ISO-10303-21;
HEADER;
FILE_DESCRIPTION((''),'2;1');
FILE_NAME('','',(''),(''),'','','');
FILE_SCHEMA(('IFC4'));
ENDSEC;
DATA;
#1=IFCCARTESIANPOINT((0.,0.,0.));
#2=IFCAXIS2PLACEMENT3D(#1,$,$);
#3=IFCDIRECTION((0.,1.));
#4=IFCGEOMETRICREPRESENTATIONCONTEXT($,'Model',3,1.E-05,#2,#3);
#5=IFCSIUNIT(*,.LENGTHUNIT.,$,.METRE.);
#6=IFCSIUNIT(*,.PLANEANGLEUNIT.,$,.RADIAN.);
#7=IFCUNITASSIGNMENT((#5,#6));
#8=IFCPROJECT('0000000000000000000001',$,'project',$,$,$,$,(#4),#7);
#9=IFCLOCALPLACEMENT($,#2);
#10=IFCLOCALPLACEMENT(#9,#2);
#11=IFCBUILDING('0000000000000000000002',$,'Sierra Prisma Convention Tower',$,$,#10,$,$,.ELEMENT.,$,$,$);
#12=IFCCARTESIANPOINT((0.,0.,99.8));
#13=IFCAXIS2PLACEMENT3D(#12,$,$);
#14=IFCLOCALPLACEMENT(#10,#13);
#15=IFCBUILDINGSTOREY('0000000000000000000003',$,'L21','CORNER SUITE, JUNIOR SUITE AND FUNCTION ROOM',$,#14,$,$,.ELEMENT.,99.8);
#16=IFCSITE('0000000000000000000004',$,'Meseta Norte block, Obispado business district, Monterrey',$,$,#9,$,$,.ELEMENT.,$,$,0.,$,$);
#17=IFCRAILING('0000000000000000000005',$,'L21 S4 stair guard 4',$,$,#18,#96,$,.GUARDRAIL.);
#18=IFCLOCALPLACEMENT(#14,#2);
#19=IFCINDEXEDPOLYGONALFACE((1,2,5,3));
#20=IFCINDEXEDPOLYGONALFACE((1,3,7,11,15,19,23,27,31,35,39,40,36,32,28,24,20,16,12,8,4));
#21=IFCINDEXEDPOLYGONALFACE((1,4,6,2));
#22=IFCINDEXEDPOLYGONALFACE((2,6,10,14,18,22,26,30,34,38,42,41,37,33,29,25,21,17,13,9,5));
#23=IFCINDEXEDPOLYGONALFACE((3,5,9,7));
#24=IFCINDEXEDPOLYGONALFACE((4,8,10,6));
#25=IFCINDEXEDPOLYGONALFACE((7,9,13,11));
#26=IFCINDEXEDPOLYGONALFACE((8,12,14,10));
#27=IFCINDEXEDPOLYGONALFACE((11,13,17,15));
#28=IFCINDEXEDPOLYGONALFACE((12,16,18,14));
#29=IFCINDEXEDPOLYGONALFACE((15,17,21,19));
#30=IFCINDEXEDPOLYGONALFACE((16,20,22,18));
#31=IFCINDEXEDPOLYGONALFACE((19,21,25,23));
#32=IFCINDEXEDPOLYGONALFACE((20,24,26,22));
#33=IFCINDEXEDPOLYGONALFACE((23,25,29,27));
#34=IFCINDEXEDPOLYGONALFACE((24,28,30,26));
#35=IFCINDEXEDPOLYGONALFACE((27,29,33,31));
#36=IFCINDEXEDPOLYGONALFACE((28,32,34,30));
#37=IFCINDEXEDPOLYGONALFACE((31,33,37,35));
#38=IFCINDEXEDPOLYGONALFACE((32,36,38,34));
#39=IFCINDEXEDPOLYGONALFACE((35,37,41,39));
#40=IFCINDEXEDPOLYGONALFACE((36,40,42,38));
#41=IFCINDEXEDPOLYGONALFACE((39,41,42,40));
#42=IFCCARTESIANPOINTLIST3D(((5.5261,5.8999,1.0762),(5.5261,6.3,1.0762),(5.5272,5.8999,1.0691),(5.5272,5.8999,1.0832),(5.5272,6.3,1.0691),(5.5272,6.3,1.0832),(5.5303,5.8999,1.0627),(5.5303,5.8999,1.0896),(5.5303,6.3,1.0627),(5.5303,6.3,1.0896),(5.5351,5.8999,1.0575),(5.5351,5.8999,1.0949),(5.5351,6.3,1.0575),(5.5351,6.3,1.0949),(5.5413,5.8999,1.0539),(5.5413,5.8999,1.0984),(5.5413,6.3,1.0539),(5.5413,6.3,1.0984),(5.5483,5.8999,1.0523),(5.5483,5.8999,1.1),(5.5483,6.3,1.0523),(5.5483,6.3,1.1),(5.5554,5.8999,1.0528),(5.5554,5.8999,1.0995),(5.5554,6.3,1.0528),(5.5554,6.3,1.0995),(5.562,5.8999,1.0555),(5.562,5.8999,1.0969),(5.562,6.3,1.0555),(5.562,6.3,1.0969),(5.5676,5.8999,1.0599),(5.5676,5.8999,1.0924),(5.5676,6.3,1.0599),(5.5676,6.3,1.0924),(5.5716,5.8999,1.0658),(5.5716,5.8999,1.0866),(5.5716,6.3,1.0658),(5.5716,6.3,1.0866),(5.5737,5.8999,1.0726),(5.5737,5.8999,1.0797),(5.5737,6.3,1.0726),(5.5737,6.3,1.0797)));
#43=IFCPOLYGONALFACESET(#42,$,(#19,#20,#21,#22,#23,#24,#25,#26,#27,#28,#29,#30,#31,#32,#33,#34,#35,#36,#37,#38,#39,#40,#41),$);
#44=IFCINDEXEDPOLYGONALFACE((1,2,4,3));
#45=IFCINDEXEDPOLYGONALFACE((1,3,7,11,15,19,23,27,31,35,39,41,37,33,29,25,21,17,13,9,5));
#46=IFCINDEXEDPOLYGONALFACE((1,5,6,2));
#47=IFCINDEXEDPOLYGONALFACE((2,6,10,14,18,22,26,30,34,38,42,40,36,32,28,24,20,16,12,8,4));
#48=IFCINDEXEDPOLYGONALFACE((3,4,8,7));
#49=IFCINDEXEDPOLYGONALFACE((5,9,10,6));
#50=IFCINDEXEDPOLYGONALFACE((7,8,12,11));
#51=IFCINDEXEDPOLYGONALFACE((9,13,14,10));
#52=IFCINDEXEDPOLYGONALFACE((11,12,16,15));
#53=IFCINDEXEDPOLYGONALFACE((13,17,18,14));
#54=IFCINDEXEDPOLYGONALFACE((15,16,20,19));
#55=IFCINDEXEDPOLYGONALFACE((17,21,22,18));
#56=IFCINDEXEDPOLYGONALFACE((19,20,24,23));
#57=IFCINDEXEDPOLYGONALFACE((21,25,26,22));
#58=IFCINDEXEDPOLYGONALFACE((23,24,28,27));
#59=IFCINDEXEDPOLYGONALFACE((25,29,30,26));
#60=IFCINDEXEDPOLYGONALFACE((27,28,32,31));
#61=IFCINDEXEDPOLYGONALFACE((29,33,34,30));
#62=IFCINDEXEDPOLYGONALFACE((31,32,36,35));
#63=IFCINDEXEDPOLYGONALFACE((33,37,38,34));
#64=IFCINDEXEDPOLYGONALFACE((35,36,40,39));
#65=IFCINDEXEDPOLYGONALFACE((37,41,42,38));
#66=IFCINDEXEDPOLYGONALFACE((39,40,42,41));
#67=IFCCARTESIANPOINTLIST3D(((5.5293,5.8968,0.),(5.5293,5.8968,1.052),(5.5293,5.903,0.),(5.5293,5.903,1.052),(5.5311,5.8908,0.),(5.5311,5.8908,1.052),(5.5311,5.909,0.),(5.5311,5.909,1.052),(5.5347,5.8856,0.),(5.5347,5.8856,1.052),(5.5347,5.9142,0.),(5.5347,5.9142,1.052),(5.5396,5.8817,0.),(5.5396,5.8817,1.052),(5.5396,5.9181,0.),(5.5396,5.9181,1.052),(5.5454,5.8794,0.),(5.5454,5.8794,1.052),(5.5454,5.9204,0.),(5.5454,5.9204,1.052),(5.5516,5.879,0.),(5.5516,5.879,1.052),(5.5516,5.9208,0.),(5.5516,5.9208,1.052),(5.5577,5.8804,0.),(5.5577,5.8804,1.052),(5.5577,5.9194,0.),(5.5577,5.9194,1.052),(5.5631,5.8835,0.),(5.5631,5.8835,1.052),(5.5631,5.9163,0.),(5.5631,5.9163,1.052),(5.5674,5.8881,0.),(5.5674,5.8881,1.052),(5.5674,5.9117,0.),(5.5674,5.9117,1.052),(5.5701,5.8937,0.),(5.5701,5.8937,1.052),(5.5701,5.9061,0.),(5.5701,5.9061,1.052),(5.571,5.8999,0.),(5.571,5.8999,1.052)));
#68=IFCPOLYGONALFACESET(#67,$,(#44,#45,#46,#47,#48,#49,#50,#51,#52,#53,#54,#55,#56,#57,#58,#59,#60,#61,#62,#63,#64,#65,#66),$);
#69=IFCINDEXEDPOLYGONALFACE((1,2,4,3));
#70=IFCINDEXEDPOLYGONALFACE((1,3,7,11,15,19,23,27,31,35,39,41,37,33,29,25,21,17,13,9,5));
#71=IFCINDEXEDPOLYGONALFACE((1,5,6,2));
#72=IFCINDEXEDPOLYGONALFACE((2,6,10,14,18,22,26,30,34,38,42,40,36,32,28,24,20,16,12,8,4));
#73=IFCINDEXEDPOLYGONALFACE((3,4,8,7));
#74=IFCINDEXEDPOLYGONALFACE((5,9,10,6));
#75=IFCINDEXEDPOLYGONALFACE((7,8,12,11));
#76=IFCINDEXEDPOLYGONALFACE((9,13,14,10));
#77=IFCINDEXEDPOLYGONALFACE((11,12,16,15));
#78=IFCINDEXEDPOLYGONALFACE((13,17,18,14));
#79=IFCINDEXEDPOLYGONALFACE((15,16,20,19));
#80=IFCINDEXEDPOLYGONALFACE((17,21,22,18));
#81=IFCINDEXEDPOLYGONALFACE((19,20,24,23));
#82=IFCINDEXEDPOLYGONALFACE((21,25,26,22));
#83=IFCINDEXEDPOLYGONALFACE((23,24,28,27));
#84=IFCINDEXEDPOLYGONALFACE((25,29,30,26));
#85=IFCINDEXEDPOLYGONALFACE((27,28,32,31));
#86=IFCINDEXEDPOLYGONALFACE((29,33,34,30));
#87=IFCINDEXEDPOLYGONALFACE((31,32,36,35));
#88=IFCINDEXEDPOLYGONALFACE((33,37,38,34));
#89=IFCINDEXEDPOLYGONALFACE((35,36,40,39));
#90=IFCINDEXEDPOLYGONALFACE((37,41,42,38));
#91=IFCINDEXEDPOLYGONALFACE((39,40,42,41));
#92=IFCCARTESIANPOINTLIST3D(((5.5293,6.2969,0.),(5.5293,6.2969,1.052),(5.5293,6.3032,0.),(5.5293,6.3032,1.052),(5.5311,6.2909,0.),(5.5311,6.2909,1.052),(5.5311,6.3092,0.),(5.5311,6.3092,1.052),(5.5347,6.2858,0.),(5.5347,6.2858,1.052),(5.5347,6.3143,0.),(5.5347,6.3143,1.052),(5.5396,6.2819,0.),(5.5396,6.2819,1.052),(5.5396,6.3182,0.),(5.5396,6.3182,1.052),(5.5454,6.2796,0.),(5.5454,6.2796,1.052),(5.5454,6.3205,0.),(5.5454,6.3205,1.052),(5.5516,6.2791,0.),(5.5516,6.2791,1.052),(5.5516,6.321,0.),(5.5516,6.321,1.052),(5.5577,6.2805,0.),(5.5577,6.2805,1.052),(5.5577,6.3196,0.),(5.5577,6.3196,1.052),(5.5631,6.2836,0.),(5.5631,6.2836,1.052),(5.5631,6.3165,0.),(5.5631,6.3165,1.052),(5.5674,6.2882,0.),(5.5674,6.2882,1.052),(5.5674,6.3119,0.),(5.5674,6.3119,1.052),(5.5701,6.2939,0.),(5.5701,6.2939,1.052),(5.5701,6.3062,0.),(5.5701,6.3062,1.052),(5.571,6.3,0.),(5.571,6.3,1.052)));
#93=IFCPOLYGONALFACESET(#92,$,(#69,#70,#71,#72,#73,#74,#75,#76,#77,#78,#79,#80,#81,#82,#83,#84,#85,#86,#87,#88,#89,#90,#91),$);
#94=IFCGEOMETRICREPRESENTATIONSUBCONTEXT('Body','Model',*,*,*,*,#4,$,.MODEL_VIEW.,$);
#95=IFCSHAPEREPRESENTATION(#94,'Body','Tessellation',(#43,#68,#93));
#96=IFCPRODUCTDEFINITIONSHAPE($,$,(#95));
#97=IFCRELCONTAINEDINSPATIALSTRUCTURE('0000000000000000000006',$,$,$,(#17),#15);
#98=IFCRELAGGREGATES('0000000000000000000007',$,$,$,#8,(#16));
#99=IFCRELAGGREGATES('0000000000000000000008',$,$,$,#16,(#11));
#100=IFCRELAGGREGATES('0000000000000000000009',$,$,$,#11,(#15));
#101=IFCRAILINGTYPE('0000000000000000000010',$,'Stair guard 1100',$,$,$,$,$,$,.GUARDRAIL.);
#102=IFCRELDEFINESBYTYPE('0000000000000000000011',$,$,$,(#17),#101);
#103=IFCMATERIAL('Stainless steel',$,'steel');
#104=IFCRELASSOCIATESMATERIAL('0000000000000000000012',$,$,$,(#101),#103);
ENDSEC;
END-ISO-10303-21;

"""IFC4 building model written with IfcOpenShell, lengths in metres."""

from ifc_helpers import new_model, si_unit, direction, frame, origin, origin_2d, place, context, subcontext, project, spatial, circle, extrude, material, type_object, element, save


model = new_model("IFC4")

# Units and contexts
model_context = context("Model", 3, precision=1e-05, world=origin(), true_north=direction((0.0, 1.0)))
body_context = subcontext(model_context, "Body", "Model", "MODEL_VIEW")
ifc_project = project(units=[si_unit("LENGTHUNIT", "METRE"), si_unit("PLANEANGLEUNIT", "RADIAN")], contexts=[model_context])

# Site, building, storey
site_placement = place(None, origin())
site = spatial("IfcSite", under=ifc_project, at=site_placement, Name="Meseta Norte block, Obispado business district, Monterrey", CompositionType="ELEMENT", RefElevation=0.0)
building_placement = place(site_placement, origin())
building = spatial("IfcBuilding", under=site, at=building_placement, Name="Sierra Prisma Convention Tower", CompositionType="ELEMENT")
storey_placement = place(building_placement, frame((0.0, 0.0, 99.8)))
storey = spatial("IfcBuildingStorey", under=building, at=storey_placement, Name="L21", Description="CORNER SUITE, JUNIOR SUITE AND FUNCTION ROOM", CompositionType="ELEMENT", Elevation=99.8)

# Railing
ifc_material_1 = material(Name="Stainless steel", Category="steel")
railing_type_1 = type_object("IfcRailingType", Name="Stair guard 1100", PredefinedType="GUARDRAIL", material=ifc_material_1)
railing_1_placement = place(storey_placement, frame((5.55, 5.8999, 0.0)))
element("IfcRailing", 1, at=railing_1_placement, inside=storey, type_object=railing_type_1, Name="L21 S4 stair guard 4", PredefinedType="GUARDRAIL", context=body_context, shape_type="SweptSolid", body=[
    extrude(circle(Radius=0.0239, at=origin_2d()), frame((0.0, 0.0, 1.0762), z_axis=(0.0, 1.0, 0.0), x_axis=(-1.0, 0.0, 0.0)), (0.0, 0.0, 1.0), 0.4001),
    extrude(circle(Radius=0.021, at=origin_2d()), origin(), (0.0, 0.0, 1.0), 1.052),
    extrude(circle(Radius=0.021, at=origin_2d()), frame((0.0, 0.4001, 0.0)), (0.0, 0.0, 1.0), 1.052),
])

save(model, "model.ifc")
